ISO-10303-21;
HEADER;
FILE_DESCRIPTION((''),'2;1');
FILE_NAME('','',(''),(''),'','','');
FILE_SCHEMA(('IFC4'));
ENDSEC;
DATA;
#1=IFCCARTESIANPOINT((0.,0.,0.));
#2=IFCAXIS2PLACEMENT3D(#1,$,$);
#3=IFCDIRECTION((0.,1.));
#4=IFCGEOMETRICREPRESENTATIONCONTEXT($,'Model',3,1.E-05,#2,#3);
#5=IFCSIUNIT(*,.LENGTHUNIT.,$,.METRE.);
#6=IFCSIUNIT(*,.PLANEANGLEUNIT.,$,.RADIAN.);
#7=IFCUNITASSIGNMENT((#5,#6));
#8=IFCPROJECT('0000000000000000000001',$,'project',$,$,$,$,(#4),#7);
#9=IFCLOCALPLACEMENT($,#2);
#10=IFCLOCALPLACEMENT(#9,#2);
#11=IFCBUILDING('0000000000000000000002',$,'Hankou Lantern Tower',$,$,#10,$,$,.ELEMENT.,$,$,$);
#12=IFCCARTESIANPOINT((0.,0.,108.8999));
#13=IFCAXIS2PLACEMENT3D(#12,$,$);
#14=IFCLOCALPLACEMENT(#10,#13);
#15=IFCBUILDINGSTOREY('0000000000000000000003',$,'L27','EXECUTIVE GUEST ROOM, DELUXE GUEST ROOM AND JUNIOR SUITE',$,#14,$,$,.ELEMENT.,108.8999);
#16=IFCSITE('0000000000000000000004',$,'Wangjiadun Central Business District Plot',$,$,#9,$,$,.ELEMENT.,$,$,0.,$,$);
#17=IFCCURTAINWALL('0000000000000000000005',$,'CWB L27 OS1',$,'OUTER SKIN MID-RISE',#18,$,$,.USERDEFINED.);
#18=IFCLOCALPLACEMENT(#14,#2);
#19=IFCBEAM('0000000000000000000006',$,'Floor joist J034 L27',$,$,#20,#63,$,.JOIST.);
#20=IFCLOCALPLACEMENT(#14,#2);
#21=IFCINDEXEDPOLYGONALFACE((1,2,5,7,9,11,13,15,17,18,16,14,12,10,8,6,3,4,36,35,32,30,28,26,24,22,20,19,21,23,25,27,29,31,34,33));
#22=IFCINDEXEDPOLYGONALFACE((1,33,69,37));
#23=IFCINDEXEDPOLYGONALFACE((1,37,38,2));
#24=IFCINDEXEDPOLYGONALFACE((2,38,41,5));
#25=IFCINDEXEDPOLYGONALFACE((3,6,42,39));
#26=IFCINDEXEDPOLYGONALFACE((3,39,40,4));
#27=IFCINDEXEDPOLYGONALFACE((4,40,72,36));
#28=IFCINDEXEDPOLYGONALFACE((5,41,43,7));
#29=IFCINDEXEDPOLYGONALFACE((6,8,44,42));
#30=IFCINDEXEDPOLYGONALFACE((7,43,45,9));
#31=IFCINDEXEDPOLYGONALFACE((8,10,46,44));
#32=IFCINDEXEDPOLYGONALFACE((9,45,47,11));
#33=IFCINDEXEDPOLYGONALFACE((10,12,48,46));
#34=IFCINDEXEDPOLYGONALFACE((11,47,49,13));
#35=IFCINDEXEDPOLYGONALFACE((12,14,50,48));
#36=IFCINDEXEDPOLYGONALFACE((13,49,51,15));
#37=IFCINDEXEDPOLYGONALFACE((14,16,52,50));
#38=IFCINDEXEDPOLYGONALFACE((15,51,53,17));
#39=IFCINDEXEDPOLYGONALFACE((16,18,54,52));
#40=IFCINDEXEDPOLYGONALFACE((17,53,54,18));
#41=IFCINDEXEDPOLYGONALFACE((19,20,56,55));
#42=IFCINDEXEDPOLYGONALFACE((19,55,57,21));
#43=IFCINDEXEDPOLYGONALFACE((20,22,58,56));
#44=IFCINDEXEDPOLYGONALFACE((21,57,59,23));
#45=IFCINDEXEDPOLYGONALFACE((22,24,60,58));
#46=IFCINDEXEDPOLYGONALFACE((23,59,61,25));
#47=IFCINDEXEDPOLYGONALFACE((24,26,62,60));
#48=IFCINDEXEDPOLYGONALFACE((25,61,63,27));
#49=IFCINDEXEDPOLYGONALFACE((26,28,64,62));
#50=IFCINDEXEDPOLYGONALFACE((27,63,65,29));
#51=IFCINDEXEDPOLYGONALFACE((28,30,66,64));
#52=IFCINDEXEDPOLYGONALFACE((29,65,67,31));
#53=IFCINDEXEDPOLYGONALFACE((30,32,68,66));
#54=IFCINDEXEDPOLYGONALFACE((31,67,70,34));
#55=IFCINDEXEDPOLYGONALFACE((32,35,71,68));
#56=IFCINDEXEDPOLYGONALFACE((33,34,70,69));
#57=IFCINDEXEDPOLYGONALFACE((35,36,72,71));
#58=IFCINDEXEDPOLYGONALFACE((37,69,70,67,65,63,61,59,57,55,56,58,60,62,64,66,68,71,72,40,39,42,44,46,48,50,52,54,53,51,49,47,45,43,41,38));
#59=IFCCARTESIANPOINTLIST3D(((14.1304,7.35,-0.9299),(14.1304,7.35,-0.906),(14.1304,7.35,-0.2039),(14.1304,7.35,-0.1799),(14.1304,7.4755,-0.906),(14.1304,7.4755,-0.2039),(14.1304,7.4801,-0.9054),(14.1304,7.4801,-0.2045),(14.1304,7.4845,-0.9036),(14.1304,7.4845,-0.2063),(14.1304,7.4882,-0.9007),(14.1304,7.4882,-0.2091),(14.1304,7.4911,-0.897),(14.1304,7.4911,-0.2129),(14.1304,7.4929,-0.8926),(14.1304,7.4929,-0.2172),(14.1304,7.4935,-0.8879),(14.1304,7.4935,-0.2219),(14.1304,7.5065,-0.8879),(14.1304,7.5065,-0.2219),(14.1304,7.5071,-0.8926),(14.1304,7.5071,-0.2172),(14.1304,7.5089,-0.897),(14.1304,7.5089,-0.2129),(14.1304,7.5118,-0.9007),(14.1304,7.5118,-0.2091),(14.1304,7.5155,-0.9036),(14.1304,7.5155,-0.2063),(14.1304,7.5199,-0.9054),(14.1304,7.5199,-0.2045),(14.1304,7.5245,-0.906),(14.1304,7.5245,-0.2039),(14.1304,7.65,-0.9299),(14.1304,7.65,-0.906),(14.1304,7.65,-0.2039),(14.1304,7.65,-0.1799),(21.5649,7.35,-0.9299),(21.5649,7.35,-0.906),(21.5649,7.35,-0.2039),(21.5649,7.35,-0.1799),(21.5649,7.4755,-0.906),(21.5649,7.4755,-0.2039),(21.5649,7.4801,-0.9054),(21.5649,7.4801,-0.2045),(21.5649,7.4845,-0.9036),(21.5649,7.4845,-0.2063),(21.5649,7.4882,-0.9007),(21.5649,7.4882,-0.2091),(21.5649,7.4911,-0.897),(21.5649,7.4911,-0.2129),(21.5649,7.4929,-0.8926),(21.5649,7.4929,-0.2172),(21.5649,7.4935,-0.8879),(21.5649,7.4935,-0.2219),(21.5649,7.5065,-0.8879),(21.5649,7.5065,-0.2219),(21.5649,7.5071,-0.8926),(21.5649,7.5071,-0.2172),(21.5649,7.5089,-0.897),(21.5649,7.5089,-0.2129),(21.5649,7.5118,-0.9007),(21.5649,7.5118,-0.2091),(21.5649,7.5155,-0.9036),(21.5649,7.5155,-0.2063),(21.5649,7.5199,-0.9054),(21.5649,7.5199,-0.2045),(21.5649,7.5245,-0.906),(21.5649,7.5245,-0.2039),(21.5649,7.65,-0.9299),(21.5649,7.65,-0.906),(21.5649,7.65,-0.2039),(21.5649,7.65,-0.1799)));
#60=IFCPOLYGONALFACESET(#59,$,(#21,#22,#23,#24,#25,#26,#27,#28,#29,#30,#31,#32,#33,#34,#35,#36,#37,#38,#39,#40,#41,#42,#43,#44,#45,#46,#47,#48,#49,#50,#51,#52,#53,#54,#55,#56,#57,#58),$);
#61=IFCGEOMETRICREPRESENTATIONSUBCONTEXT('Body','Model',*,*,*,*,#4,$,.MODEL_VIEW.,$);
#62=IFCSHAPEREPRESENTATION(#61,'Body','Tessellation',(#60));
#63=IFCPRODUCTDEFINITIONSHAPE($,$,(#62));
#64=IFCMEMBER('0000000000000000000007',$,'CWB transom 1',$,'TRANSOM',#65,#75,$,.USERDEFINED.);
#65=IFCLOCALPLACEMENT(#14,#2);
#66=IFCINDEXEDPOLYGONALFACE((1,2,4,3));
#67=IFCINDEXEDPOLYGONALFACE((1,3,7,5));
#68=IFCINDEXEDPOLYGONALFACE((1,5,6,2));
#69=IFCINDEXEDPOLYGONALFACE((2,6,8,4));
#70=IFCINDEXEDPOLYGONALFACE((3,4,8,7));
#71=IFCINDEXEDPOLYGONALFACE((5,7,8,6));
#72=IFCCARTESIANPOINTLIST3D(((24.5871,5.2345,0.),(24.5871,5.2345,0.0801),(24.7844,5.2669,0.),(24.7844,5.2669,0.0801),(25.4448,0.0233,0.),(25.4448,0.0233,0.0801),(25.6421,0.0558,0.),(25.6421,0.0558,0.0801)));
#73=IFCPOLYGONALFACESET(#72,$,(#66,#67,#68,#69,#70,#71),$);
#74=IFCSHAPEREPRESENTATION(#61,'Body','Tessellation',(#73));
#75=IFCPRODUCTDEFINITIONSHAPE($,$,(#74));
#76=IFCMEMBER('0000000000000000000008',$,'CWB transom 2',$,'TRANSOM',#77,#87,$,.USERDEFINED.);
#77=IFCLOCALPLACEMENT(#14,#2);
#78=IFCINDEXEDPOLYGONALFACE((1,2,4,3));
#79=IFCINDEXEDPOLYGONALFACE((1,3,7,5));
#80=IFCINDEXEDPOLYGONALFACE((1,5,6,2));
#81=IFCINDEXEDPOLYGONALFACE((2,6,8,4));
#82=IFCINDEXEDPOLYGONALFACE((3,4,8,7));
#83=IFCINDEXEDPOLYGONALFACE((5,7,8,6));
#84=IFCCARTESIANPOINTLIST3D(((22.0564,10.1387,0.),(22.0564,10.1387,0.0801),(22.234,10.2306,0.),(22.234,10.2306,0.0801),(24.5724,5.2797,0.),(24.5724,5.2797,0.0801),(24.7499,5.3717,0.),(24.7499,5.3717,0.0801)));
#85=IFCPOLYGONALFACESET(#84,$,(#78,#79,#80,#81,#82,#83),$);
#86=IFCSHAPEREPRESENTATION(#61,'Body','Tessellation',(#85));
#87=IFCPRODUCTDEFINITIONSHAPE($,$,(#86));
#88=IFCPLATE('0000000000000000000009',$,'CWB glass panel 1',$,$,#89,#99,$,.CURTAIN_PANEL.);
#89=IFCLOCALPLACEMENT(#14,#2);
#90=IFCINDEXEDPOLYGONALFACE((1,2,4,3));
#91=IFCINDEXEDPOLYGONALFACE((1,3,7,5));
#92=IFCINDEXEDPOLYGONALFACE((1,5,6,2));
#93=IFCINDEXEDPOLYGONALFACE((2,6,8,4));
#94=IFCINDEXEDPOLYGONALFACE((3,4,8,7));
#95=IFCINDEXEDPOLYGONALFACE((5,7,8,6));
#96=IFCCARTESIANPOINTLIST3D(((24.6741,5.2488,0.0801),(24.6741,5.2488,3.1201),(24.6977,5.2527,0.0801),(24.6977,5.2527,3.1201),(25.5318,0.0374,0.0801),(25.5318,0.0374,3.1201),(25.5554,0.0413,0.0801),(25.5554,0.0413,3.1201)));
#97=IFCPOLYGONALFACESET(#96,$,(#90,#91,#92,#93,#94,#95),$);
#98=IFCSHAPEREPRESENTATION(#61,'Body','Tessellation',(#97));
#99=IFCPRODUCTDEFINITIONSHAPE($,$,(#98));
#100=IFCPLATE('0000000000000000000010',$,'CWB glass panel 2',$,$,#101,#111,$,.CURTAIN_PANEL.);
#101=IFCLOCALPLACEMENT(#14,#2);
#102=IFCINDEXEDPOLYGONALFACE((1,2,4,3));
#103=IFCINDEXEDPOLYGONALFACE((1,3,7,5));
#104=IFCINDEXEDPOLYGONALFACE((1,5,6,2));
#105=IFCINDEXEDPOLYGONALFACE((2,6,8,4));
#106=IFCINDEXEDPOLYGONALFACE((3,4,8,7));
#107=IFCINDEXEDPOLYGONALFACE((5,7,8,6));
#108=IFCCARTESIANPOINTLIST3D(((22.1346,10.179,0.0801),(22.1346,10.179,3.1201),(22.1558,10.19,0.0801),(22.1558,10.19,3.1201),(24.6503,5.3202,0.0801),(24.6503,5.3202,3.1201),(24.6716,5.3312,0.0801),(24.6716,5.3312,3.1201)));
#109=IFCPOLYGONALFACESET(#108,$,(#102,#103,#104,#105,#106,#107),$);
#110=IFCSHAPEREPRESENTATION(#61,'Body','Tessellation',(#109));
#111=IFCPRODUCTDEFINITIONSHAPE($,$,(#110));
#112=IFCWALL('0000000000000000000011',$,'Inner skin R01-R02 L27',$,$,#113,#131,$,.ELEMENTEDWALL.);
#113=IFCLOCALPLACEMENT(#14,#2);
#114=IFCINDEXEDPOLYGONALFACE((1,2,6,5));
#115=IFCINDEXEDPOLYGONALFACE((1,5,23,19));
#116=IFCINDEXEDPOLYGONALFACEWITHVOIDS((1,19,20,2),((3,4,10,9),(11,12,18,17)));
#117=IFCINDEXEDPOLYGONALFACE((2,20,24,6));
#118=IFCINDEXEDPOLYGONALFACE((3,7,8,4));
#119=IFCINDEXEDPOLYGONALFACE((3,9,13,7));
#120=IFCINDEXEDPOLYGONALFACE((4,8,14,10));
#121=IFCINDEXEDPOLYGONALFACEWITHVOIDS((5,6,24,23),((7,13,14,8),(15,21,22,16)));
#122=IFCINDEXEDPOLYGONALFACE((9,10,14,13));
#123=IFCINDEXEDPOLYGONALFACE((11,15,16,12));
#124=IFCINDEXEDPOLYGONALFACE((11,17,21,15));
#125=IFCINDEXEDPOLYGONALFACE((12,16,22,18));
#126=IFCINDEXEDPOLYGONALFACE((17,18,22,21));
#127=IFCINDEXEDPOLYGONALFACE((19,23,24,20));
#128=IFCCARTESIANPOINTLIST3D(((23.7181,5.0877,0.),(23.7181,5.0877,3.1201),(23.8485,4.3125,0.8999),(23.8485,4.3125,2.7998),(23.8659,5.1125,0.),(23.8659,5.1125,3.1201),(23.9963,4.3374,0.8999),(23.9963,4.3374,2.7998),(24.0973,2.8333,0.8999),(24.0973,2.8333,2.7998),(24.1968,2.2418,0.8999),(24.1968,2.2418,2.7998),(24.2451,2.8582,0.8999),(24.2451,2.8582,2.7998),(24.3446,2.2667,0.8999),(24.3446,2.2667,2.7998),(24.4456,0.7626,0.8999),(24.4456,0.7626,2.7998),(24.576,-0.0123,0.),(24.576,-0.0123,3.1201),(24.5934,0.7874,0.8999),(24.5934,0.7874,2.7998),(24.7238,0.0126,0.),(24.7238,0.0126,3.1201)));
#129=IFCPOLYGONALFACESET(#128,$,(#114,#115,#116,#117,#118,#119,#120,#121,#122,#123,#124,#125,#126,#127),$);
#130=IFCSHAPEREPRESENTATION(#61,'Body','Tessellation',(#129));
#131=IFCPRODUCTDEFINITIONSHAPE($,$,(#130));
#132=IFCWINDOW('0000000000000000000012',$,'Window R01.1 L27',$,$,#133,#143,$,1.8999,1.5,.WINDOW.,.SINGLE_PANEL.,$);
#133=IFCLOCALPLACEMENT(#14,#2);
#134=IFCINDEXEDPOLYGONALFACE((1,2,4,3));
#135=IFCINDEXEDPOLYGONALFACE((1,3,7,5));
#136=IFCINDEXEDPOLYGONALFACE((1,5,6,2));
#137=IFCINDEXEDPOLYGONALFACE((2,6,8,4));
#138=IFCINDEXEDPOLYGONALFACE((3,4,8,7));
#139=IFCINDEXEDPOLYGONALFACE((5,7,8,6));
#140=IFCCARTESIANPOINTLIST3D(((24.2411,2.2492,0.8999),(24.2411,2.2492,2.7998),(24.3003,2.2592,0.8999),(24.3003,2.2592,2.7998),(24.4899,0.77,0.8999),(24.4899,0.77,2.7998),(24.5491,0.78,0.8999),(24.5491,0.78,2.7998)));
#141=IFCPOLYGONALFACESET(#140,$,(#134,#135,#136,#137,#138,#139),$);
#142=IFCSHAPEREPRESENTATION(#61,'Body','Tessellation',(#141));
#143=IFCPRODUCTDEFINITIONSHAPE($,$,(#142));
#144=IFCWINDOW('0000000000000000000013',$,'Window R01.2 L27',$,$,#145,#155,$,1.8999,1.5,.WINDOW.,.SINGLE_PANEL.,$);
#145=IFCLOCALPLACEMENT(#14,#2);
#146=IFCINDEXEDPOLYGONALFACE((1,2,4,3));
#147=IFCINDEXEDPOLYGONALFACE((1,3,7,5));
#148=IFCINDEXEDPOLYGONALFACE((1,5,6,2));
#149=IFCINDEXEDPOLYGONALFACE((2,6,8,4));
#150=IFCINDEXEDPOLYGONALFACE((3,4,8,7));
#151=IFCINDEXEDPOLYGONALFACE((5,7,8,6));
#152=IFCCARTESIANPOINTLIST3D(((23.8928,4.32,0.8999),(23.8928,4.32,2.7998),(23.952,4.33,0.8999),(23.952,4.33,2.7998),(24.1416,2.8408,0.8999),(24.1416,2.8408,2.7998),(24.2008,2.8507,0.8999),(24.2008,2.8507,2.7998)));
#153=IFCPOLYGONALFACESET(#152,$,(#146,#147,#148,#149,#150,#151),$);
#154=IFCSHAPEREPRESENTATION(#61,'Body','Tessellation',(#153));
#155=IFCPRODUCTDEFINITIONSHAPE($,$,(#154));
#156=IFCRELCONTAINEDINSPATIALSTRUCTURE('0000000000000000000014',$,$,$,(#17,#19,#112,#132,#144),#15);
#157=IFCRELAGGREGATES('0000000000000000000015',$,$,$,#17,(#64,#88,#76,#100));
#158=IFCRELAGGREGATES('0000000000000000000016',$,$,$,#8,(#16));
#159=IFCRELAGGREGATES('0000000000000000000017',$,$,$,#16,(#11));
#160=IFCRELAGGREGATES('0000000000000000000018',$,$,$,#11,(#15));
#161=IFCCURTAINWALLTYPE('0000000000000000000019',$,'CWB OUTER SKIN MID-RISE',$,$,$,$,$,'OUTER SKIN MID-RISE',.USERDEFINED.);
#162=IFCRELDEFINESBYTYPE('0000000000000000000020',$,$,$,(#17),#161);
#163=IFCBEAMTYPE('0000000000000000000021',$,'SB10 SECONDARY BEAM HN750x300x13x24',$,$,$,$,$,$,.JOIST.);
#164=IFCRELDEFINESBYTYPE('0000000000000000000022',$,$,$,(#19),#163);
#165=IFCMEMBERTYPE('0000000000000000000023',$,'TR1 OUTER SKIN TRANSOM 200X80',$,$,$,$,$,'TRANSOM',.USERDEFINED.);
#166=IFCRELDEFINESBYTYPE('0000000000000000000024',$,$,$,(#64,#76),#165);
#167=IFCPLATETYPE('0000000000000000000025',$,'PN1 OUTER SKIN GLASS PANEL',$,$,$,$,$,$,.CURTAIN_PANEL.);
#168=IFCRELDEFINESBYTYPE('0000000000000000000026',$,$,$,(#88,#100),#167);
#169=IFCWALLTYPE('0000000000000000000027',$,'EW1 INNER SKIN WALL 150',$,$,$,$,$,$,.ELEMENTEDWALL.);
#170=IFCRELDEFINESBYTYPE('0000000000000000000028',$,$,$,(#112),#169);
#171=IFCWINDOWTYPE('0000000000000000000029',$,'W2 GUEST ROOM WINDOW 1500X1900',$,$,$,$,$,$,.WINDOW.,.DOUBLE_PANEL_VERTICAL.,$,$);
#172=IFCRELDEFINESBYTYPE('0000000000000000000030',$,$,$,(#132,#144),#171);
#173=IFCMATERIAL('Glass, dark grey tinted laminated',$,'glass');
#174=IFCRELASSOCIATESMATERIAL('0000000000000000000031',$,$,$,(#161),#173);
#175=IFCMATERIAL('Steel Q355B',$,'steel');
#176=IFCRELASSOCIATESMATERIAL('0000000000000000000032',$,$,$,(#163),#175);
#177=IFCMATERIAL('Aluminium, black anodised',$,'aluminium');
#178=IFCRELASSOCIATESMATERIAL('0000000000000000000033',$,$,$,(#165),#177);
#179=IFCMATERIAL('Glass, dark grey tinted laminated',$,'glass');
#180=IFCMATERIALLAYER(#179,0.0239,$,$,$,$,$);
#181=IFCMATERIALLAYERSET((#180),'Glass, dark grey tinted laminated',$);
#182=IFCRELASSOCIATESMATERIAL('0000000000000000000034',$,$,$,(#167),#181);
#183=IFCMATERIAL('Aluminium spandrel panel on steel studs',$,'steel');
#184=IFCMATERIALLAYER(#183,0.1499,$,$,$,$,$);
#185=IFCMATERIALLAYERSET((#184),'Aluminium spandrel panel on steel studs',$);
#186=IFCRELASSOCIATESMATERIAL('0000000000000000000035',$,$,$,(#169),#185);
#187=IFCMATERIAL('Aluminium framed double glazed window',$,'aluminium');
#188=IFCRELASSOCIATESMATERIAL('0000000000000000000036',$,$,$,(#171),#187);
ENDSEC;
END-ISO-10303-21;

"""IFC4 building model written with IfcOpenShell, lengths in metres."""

from ifc_helpers import new_model, si_unit, direction, frame, frame_2d, origin, origin_2d, place, context, subcontext, project, spatial, rectangle, i_section, extrude, material, layer, layer_set, material_profile, profile_set, type_object, element, fill, aggregate, save


model = new_model("IFC4")

# Units and contexts
model_context = context("Model", 3, precision=1e-05, world=origin(), true_north=direction((0.0, 1.0)))
body_context = subcontext(model_context, "Body", "Model", "MODEL_VIEW")
ifc_project = project(units=[si_unit("LENGTHUNIT", "METRE"), si_unit("PLANEANGLEUNIT", "RADIAN")], contexts=[model_context])

# Site, building, storey
site_placement = place(None, origin())
site = spatial("IfcSite", under=ifc_project, at=site_placement, Name="Wangjiadun Central Business District Plot", CompositionType="ELEMENT", RefElevation=0.0)
building_placement = place(site_placement, origin())
building = spatial("IfcBuilding", under=site, at=building_placement, Name="Hankou Lantern Tower", CompositionType="ELEMENT")
storey_placement = place(building_placement, frame((0.0, 0.0, 108.8999)))
storey = spatial("IfcBuildingStorey", under=building, at=storey_placement, Name="L27", Description="EXECUTIVE GUEST ROOM, DELUXE GUEST ROOM AND JUNIOR SUITE", CompositionType="ELEMENT", Elevation=108.8999)

# Curtain wall
ifc_material_1 = material(Name="Glass, dark grey tinted laminated", Category="glass")
curtain_wall_type = type_object("IfcCurtainWallType", Name="CWB OUTER SKIN MID-RISE", ElementType="OUTER SKIN MID-RISE", PredefinedType="USERDEFINED", material=ifc_material_1)
curtain_wall_placement = place(storey_placement, origin())
curtain_wall = element("IfcCurtainWall", 1, at=curtain_wall_placement, inside=storey, type_object=curtain_wall_type, Name="CWB L27 OS1", ObjectType="OUTER SKIN MID-RISE", PredefinedType="USERDEFINED")

# Beam
ifc_material_2 = material(Name="Steel Q355B", Category="steel")
ifc_material_profile_1 = material_profile(ifc_material_2, i_section(OverallWidth=0.3, OverallDepth=0.75, WebThickness=0.0129, FlangeThickness=0.0239, FilletRadius=0.0181, at=origin_2d()), Name="HN750x300x13x24")
ifc_profile_set_1 = profile_set([ifc_material_profile_1], Name="Steel Q355B")
beam_type_1 = type_object("IfcBeamType", Name="SB10 SECONDARY BEAM HN750x300x13x24", PredefinedType="JOIST", material=ifc_profile_set_1)
beam_1_placement = place(storey_placement, frame((14.1304, 7.5, -0.5549), z_axis=(1.0, 0.0, 0.0), x_axis=(0.0, 1.0, 0.0)))
element("IfcBeam", 2, at=beam_1_placement, inside=storey, type_object=beam_type_1, Name="Floor joist J034 L27", PredefinedType="JOIST", context=body_context, shape_type="SweptSolid", body=[
    extrude(i_section(OverallWidth=0.3, OverallDepth=0.75, WebThickness=0.0129, FlangeThickness=0.0239, FilletRadius=0.0181, at=origin_2d()), origin(), (0.0, 0.0, 1.0), 7.4346),
])

# Members
ifc_material_3 = material(Name="Aluminium, black anodised", Category="aluminium")
ifc_material_profile_2 = material_profile(ifc_material_3, rectangle(XDim=0.2, YDim=0.0801, at=origin_2d()), Name="TR1 200X80")
ifc_profile_set_2 = profile_set([ifc_material_profile_2], Name="Aluminium, black anodised")
member_type_1 = type_object("IfcMemberType", Name="TR1 OUTER SKIN TRANSOM 200X80", ElementType="TRANSOM", PredefinedType="USERDEFINED", material=ifc_profile_set_2)
member_1_placement = place(storey_placement, frame((25.5435, 0.0396, 0.04), z_axis=(-0.162397, 0.986725, 0.0), x_axis=(-0.986725, -0.162397, 0.0)))
member_1 = element("IfcMember", 3, at=member_1_placement, type_object=member_type_1, Name="CWB transom 1", ObjectType="TRANSOM", PredefinedType="USERDEFINED", context=body_context, shape_type="SweptSolid", body=[
    extrude(rectangle(XDim=0.2, YDim=0.0801, at=origin_2d()), origin(), (0.0, 0.0, 1.0), 5.2812),
])
member_2_placement = place(storey_placement, frame((24.6611, 5.3257, 0.04), z_axis=(-0.459805, 0.88802, 0.0), x_axis=(-0.88802, -0.459805, 0.0)))
member_2 = element("IfcMember", 4, at=member_2_placement, type_object=member_type_1, Name="CWB transom 2", ObjectType="TRANSOM", PredefinedType="USERDEFINED", context=body_context, shape_type="SweptSolid", body=[
    extrude(rectangle(XDim=0.2, YDim=0.0801, at=origin_2d()), origin(), (0.0, 0.0, 1.0), 5.4717),
])

# Plates
ifc_material_4 = material(Name="Glass, dark grey tinted laminated", Category="glass")
ifc_layer_1 = layer(ifc_material_4, 0.0239)
ifc_layer_set_1 = layer_set([ifc_layer_1], Name="Glass, dark grey tinted laminated")
plate_type = type_object("IfcPlateType", Name="PN1 OUTER SKIN GLASS PANEL", PredefinedType="CURTAIN_PANEL", material=ifc_layer_set_1)
plate_1_placement = place(storey_placement, frame((25.1147, 2.645, 0.0801), z_axis=(0.0, 0.0, 1.0), x_axis=(-0.162382, 0.986728, 0.0)))
plate_1 = element("IfcPlate", 5, at=plate_1_placement, type_object=plate_type, Name="CWB glass panel 1", PredefinedType="CURTAIN_PANEL", context=body_context, shape_type="SweptSolid", body=[
    extrude(rectangle(XDim=5.2815, YDim=0.0239, at=origin_2d()), origin(), (0.0, 0.0, 1.0), 3.04),
])
plate_2_placement = place(storey_placement, frame((23.4031, 7.7551, 0.0801), z_axis=(0.0, 0.0, 1.0), x_axis=(-0.459791, 0.888027, 0.0)))
plate_2 = element("IfcPlate", 6, at=plate_2_placement, type_object=plate_type, Name="CWB glass panel 2", PredefinedType="CURTAIN_PANEL", context=body_context, shape_type="SweptSolid", body=[
    extrude(rectangle(XDim=5.4714, YDim=0.0239, at=origin_2d()), origin(), (0.0, 0.0, 1.0), 3.04),
])
aggregate(curtain_wall, [member_1, plate_1, member_2, plate_2])

# Wall, openings, windows
ifc_material_5 = material(Name="Aluminium spandrel panel on steel studs", Category="steel")
ifc_layer_2 = layer(ifc_material_5, 0.1499)
ifc_layer_set_2 = layer_set([ifc_layer_2], Name="Aluminium spandrel panel on steel studs")
wall_type_1 = type_object("IfcWallType", Name="EW1 INNER SKIN WALL 150", PredefinedType="ELEMENTEDWALL", material=ifc_layer_set_2)
wall_1_placement = place(storey_placement, frame((24.6499, 0.0, 0.0), z_axis=(0.0, 0.0, 1.0), x_axis=(-0.165884, 0.986145, 0.0)))
wall_1 = element("IfcWall", 7, at=wall_1_placement, inside=storey, type_object=wall_type_1, Name="Inner skin R01-R02 L27", PredefinedType="ELEMENTEDWALL", context=body_context, shape_type="SweptSolid", body=[
    extrude(rectangle(XDim=5.1716, YDim=0.1499, at=frame_2d((2.5859, 0.0))), origin(), (0.0, 0.0, 1.0), 3.1201),
])
opening_1_placement = place(wall_1_placement, frame((0.7859, 0.0, 0.8999)))
opening_1 = element("IfcOpeningElement", 8, at=opening_1_placement, cuts=wall_1, PredefinedType="OPENING", context=body_context, shape_type="SweptSolid", body=[
    extrude(rectangle(XDim=1.5, YDim=1.8999, at=frame_2d((0.75, 0.95))), frame((0.0, 0.085, 0.0), z_axis=(0.0, -1.0, 0.0), x_axis=(1.0, 0.0, 0.0)), (0.0, 0.0, 1.0), 0.1699),
])
opening_2_placement = place(wall_1_placement, frame((2.8857, 0.0, 0.8999)))
opening_2 = element("IfcOpeningElement", 9, at=opening_2_placement, cuts=wall_1, PredefinedType="OPENING", context=body_context, shape_type="SweptSolid", body=[
    extrude(rectangle(XDim=1.5, YDim=1.8999, at=frame_2d((0.75, 0.95))), frame((0.0, 0.085, 0.0), z_axis=(0.0, -1.0, 0.0), x_axis=(1.0, 0.0, 0.0)), (0.0, 0.0, 1.0), 0.1699),
])
ifc_material_6 = material(Name="Aluminium framed double glazed window", Category="aluminium")
window_type = type_object("IfcWindowType", Name="W2 GUEST ROOM WINDOW 1500X1900", PartitioningType="DOUBLE_PANEL_VERTICAL", PredefinedType="WINDOW", material=ifc_material_6)
window_1_placement = place(opening_1_placement, origin())
window_1 = element("IfcWindow", 10, at=window_1_placement, inside=storey, type_object=window_type, Name="Window R01.1 L27", OverallHeight=1.8999, OverallWidth=1.5, PartitioningType="SINGLE_PANEL", PredefinedType="WINDOW", context=body_context, shape_type="SweptSolid", body=[
    extrude(rectangle(XDim=1.5, YDim=1.8999, at=frame_2d((0.75, 0.95))), frame((0.0, 0.03, 0.0), z_axis=(0.0, -1.0, 0.0), x_axis=(1.0, 0.0, 0.0)), (0.0, 0.0, 1.0), 0.0601),
])
fill(opening_1, window_1)
window_2_placement = place(opening_2_placement, origin())
window_2 = element("IfcWindow", 11, at=window_2_placement, inside=storey, type_object=window_type, Name="Window R01.2 L27", OverallHeight=1.8999, OverallWidth=1.5, PartitioningType="SINGLE_PANEL", PredefinedType="WINDOW", context=body_context, shape_type="SweptSolid", body=[
    extrude(rectangle(XDim=1.5, YDim=1.8999, at=frame_2d((0.75, 0.95))), frame((0.0, 0.03, 0.0), z_axis=(0.0, -1.0, 0.0), x_axis=(1.0, 0.0, 0.0)), (0.0, 0.0, 1.0), 0.0601),
])
fill(opening_2, window_2)

save(model, "model.ifc")
